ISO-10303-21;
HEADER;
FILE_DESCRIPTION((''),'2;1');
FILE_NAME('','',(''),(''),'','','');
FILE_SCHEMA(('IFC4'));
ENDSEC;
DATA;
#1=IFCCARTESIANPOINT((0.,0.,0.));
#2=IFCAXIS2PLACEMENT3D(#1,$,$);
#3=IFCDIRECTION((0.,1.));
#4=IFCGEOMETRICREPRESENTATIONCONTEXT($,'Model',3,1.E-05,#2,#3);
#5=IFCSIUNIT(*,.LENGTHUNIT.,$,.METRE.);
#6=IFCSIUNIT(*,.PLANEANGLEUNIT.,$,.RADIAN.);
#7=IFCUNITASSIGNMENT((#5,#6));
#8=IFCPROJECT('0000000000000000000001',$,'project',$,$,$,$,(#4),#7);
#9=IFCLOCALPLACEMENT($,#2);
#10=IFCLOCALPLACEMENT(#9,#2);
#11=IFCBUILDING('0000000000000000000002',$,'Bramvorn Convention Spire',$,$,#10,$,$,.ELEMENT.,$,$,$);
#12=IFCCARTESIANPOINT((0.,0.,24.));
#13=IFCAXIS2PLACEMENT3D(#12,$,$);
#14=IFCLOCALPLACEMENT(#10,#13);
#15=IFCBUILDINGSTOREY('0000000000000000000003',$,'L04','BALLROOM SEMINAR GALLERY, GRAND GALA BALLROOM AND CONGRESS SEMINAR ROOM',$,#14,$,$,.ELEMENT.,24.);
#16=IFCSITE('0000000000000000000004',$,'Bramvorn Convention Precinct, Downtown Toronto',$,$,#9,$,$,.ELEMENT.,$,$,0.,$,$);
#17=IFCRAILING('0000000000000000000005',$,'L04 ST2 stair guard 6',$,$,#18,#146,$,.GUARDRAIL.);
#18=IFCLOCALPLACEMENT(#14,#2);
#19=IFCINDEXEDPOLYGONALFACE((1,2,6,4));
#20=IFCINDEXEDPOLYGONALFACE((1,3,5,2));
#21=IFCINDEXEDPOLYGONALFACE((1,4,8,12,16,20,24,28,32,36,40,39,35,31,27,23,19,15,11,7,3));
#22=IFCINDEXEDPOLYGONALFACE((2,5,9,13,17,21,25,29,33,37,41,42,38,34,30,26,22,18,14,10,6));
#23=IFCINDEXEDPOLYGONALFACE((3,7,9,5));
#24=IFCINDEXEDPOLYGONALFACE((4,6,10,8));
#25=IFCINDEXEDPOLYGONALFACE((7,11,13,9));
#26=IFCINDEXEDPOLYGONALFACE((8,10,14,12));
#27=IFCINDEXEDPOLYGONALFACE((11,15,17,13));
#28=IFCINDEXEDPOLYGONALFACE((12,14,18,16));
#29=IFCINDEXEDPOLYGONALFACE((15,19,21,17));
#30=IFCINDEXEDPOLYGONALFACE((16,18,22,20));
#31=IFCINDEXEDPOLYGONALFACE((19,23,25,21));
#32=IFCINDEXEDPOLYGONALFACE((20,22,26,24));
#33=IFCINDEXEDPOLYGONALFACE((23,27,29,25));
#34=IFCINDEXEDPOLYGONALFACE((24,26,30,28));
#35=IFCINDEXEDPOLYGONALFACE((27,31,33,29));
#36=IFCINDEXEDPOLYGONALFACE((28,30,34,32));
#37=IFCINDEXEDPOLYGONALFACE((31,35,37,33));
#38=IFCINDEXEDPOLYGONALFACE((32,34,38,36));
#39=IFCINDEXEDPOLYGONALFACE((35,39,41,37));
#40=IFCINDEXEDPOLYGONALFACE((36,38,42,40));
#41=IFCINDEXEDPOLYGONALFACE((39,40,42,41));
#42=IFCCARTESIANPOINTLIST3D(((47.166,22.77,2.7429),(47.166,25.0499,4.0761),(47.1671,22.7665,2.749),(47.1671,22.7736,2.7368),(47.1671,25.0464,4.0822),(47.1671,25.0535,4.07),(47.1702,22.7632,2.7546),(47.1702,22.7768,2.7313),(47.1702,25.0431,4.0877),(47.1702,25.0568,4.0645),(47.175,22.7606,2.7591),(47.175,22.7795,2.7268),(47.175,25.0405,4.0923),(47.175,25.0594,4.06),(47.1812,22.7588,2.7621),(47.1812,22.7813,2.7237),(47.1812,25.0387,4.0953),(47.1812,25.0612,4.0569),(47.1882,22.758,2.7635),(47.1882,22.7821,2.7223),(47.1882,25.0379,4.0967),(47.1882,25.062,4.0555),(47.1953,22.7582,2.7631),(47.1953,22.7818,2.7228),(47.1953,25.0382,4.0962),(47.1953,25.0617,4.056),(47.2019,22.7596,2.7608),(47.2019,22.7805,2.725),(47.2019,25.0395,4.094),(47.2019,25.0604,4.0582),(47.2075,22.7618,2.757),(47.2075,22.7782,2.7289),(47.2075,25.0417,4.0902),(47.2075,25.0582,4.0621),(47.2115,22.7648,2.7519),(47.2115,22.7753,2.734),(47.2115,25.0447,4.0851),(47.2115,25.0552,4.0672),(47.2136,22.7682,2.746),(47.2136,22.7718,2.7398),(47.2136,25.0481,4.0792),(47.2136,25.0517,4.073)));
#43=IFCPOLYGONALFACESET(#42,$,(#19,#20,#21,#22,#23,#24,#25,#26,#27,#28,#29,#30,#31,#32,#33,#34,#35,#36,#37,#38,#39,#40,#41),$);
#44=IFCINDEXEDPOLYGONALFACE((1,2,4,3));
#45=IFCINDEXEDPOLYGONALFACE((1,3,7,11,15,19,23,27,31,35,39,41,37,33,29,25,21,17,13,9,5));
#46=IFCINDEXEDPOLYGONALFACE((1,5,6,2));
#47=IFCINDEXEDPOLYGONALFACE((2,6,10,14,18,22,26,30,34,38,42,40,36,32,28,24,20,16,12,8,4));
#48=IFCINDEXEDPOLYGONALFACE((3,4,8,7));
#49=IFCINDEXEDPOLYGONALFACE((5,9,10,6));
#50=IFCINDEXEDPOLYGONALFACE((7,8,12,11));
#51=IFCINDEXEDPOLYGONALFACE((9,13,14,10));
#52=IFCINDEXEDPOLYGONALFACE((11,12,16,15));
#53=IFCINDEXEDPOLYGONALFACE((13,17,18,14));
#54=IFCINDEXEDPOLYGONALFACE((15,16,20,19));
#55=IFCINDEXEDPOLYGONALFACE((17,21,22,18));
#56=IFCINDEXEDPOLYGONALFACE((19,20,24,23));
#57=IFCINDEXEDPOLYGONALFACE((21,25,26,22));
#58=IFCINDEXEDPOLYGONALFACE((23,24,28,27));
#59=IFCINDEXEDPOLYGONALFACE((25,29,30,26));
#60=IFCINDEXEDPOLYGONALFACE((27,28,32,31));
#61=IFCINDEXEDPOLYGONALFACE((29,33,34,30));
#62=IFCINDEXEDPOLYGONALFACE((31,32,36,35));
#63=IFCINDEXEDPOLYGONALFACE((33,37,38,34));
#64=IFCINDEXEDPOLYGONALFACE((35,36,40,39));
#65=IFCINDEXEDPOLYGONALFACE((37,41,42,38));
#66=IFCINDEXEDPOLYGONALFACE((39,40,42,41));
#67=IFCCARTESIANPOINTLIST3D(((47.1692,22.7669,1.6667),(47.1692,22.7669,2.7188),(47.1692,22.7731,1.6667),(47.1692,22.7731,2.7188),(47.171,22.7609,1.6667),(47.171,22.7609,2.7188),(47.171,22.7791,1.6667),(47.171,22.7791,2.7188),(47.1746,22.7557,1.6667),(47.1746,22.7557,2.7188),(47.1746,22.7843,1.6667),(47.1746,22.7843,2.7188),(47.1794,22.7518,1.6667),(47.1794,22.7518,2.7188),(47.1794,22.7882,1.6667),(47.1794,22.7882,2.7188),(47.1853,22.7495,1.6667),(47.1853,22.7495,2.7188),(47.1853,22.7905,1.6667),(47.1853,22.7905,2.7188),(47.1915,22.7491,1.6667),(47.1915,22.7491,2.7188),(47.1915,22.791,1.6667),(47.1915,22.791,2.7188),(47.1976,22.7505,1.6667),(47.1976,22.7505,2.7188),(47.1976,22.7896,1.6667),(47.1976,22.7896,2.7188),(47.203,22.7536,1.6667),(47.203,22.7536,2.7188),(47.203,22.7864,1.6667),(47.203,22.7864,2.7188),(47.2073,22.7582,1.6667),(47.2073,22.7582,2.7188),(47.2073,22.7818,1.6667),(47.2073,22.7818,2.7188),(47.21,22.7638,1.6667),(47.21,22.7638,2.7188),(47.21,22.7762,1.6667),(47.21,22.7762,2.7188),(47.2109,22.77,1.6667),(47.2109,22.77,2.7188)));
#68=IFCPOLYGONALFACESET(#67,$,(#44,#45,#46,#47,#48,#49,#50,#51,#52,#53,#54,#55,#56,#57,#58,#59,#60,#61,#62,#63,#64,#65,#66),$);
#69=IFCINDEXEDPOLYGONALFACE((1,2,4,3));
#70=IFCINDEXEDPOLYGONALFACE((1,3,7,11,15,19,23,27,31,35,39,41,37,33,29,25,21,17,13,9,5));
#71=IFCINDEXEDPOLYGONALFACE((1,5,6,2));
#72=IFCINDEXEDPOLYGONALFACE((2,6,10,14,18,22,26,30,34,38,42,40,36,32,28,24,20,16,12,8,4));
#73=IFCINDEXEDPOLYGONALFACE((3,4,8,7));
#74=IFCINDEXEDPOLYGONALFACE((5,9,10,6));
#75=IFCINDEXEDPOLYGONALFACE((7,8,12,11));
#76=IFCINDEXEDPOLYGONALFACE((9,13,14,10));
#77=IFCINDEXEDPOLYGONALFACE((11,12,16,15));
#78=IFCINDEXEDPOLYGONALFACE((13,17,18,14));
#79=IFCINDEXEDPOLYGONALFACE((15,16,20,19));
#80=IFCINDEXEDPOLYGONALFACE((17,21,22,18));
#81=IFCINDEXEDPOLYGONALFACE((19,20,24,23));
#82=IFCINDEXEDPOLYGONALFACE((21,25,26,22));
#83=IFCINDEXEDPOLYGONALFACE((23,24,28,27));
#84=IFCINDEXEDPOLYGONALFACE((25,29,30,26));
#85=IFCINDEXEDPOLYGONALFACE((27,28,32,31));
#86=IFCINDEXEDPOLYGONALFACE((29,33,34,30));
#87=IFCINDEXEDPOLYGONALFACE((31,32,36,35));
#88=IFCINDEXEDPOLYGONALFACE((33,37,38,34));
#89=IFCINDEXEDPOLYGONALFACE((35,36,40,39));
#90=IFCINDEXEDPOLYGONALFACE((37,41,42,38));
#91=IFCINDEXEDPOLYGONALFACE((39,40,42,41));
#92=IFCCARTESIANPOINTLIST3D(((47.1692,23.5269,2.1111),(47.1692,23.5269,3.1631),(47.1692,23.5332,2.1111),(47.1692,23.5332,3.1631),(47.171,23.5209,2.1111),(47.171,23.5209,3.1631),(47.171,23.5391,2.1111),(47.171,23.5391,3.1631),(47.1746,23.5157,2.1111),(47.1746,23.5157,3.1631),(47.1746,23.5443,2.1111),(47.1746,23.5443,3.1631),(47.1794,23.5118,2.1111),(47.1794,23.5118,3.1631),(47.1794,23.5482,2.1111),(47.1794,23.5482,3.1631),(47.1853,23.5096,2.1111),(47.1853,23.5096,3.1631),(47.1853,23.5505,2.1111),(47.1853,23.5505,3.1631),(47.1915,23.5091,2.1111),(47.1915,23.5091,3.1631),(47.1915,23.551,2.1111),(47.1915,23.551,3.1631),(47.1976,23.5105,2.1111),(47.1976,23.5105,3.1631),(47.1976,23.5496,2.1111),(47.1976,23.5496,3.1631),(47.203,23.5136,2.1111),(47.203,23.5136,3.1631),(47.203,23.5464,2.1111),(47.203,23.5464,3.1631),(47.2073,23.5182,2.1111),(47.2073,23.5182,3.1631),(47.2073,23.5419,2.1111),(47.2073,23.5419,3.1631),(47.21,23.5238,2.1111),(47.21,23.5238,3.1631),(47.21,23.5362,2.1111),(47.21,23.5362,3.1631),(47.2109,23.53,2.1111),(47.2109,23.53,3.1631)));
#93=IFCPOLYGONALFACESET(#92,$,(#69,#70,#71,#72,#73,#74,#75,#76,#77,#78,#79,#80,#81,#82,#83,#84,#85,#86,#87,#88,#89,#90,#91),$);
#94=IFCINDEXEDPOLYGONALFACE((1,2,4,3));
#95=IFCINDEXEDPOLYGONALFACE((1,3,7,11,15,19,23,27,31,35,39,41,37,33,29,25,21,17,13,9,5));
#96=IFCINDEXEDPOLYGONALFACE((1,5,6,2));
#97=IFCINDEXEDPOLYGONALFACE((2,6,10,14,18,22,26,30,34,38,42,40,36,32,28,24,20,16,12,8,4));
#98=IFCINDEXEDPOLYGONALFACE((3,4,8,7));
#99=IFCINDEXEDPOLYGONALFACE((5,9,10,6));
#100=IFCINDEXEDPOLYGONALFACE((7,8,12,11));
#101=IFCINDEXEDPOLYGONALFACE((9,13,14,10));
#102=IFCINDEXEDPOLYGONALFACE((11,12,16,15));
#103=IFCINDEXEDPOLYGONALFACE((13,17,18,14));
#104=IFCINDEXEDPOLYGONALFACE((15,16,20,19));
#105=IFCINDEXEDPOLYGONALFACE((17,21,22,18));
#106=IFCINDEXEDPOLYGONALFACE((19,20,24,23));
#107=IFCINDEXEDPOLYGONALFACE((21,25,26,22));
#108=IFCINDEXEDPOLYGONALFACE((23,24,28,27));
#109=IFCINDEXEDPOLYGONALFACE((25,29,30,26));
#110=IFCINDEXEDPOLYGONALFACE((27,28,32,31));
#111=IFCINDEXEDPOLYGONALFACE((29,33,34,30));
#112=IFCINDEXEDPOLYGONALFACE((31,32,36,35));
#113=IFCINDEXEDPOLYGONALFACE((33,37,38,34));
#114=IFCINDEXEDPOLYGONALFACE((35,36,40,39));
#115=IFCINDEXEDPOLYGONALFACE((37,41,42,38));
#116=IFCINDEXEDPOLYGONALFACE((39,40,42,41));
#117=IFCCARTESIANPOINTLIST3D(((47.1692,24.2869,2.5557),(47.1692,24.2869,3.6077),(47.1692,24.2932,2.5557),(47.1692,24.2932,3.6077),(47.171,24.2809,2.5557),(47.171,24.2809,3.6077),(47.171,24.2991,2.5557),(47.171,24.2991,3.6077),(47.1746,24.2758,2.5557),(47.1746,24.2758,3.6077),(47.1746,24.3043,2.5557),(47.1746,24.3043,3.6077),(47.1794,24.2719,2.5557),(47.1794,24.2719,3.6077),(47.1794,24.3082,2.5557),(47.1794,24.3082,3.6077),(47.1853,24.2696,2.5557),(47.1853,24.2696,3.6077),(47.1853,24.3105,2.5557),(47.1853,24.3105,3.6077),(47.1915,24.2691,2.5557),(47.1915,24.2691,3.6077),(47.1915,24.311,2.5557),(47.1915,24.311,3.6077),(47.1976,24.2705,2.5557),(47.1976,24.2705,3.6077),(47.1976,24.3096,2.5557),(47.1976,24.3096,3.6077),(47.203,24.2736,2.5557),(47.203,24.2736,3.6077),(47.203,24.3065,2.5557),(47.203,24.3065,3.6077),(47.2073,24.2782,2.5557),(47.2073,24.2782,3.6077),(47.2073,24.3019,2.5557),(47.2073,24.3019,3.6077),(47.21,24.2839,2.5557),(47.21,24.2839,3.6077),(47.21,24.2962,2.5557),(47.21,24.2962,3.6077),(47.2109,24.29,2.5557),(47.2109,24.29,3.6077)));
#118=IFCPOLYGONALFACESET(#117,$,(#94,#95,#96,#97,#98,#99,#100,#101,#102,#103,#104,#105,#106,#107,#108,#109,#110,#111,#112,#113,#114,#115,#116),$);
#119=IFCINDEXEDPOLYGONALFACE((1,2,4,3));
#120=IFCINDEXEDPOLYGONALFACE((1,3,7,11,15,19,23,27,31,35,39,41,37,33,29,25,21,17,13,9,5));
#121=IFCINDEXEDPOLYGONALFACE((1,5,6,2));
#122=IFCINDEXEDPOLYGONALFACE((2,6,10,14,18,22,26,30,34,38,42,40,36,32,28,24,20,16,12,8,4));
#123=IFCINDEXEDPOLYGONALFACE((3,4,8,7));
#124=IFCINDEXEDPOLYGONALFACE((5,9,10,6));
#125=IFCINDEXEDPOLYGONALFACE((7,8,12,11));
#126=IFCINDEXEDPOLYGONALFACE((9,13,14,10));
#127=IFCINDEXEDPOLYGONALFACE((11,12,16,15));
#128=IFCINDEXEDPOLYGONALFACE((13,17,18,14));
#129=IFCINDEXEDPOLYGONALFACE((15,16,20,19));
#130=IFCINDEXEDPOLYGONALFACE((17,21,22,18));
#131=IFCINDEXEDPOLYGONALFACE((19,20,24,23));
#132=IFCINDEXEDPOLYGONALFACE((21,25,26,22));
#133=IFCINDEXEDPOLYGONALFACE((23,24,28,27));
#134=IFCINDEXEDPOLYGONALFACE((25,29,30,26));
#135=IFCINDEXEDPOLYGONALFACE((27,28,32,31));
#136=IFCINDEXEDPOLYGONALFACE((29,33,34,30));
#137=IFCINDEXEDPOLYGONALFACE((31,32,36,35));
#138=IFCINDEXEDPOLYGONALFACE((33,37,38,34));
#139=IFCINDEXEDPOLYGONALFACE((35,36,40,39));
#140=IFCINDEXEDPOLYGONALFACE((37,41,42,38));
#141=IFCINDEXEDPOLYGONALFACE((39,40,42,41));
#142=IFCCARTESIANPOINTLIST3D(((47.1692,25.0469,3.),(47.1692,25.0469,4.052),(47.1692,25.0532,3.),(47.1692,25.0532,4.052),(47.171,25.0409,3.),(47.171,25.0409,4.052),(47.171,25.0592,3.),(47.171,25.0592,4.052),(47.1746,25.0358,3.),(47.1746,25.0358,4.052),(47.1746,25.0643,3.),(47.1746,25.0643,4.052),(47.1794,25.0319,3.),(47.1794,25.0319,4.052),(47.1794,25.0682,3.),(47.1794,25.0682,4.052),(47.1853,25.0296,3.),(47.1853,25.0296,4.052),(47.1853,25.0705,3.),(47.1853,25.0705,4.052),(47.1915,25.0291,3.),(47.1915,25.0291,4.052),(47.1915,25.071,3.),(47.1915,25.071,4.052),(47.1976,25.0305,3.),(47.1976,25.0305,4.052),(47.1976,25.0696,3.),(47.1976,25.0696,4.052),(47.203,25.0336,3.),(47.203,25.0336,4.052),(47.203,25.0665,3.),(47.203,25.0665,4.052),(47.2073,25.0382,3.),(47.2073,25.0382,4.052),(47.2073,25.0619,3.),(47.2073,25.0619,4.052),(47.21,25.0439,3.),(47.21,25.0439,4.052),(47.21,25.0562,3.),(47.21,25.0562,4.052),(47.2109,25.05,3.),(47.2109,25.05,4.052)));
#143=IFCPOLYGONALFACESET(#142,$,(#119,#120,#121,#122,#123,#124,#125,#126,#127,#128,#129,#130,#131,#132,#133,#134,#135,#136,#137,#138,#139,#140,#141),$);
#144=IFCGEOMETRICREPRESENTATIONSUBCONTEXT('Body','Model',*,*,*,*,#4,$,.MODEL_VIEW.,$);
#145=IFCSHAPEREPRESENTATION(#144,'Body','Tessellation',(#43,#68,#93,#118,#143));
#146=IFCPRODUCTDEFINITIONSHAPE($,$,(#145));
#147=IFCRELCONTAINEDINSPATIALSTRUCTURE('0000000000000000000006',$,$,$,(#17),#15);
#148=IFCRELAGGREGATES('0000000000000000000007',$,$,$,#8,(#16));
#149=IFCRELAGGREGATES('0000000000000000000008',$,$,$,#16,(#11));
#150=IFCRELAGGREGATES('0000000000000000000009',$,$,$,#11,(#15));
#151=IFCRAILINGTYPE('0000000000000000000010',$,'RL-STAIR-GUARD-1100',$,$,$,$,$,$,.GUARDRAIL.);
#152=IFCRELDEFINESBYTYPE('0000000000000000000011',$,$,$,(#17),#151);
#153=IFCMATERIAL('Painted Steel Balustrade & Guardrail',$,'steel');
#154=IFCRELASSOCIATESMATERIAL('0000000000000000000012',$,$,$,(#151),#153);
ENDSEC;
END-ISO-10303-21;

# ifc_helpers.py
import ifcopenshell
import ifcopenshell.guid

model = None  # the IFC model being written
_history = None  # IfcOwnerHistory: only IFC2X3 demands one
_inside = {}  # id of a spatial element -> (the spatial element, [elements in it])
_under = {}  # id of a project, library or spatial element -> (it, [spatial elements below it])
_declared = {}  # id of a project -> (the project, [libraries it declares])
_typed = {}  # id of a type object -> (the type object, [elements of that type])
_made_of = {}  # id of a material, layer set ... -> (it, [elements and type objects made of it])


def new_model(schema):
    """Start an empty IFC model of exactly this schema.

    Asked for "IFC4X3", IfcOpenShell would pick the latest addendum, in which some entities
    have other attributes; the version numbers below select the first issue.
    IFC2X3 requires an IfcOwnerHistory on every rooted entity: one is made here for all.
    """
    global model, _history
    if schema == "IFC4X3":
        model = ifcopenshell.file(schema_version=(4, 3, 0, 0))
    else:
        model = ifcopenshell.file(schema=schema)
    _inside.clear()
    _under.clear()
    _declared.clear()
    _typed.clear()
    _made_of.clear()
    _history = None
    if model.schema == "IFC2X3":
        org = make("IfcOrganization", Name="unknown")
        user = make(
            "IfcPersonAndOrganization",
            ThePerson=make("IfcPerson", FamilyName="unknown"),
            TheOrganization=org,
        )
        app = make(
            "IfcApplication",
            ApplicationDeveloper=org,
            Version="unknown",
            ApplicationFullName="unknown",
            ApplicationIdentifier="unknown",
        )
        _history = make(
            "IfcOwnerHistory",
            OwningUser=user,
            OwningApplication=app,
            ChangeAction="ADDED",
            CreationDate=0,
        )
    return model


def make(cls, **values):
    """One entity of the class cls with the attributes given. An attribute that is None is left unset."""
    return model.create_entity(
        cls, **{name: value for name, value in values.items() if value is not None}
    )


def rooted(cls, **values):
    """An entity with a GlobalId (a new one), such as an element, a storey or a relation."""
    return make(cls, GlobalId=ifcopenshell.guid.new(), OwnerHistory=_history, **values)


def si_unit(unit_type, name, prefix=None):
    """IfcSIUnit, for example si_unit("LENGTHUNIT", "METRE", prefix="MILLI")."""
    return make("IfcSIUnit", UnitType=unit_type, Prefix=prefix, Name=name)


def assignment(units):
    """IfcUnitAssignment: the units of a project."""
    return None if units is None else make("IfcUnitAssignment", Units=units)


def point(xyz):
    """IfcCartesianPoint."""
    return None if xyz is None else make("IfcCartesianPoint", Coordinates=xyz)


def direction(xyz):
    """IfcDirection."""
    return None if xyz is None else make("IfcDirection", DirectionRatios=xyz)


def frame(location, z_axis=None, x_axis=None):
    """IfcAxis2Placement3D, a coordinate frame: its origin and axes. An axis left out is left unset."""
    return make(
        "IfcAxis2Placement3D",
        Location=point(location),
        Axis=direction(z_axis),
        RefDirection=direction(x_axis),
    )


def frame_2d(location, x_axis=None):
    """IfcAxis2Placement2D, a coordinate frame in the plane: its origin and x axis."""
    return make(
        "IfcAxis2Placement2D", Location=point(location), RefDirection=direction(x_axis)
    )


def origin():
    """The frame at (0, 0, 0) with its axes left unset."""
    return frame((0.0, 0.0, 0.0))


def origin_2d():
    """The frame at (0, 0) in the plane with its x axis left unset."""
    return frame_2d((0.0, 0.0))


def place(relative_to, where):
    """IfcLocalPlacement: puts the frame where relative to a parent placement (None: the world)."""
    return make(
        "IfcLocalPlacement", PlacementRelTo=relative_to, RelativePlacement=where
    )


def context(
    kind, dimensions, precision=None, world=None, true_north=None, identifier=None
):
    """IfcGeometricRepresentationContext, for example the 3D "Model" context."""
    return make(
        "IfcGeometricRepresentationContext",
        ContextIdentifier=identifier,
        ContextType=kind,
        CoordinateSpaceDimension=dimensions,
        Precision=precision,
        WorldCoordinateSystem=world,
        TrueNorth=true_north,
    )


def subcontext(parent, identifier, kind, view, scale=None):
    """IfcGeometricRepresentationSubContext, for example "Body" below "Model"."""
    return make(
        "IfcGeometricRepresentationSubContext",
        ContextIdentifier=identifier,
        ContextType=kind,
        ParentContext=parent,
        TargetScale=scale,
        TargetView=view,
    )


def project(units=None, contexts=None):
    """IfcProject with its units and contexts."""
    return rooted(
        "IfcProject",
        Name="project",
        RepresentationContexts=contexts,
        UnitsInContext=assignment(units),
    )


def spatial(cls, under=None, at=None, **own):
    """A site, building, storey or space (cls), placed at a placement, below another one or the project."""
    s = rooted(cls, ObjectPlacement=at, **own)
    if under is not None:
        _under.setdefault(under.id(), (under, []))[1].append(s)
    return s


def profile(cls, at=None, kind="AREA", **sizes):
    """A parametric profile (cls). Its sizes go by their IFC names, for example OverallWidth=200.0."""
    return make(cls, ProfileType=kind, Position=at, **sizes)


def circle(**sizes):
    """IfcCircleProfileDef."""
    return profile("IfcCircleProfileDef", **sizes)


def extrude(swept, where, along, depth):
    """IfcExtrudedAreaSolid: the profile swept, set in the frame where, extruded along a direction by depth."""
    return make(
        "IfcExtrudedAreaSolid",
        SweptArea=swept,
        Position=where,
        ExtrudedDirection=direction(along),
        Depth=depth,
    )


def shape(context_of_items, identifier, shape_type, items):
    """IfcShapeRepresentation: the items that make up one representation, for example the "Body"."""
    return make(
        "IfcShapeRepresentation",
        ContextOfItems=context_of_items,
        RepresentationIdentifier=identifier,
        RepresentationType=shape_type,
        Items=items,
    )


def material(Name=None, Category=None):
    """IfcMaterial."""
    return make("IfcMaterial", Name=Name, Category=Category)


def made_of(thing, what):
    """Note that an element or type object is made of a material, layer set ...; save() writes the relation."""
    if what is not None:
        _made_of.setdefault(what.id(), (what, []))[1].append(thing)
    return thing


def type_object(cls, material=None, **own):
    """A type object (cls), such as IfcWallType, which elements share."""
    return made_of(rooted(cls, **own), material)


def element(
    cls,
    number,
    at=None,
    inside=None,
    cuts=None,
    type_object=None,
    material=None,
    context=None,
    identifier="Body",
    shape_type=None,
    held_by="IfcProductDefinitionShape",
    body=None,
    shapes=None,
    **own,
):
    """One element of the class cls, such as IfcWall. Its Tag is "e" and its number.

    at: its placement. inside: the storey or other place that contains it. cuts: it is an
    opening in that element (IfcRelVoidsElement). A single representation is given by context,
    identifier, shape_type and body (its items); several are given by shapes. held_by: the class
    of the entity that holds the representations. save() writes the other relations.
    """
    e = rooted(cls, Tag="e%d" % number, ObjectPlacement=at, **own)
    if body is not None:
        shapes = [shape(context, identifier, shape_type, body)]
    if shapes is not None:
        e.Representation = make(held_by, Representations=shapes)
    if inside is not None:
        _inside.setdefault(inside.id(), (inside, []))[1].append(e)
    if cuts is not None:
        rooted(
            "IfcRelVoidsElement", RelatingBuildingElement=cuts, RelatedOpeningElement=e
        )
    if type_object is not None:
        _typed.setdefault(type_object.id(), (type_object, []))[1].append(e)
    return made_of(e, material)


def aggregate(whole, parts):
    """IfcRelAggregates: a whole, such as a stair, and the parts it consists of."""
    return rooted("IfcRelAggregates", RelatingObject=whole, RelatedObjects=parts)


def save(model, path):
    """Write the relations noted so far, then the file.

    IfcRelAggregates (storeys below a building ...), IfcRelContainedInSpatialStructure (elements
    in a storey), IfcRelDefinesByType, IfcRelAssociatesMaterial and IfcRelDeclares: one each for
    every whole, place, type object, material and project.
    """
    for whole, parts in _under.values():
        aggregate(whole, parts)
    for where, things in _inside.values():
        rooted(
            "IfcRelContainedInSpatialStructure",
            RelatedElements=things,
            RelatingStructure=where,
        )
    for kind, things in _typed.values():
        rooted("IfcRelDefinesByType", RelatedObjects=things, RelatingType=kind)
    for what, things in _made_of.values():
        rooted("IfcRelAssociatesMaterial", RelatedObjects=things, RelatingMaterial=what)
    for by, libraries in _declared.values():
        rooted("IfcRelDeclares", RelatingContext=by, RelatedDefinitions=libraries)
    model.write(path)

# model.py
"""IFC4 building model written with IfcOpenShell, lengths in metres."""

from ifc_helpers import new_model, si_unit, direction, frame, origin, origin_2d, place, context, subcontext, project, spatial, circle, extrude, material, type_object, element, save


model = new_model("IFC4")

# Units and contexts
model_context = context("Model", 3, precision=1e-05, world=origin(), true_north=direction((0.0, 1.0)))
body_context = subcontext(model_context, "Body", "Model", "MODEL_VIEW")
ifc_project = project(units=[si_unit("LENGTHUNIT", "METRE"), si_unit("PLANEANGLEUNIT", "RADIAN")], contexts=[model_context])

# Site, building, storey
site_placement = place(None, origin())
site = spatial("IfcSite", under=ifc_project, at=site_placement, Name="Bramvorn Convention Precinct, Downtown Toronto", CompositionType="ELEMENT", RefElevation=0.0)
building_placement = place(site_placement, origin())
building = spatial("IfcBuilding", under=site, at=building_placement, Name="Bramvorn Convention Spire", CompositionType="ELEMENT")
storey_placement = place(building_placement, frame((0.0, 0.0, 24.0)))
storey = spatial("IfcBuildingStorey", under=building, at=storey_placement, Name="L04", Description="BALLROOM SEMINAR GALLERY, GRAND GALA BALLROOM AND CONGRESS SEMINAR ROOM", CompositionType="ELEMENT", Elevation=24.0)

# Railing
ifc_material_1 = material(Name="Painted Steel Balustrade & Guardrail", Category="steel")
railing_type_1 = type_object("IfcRailingType", Name="RL-STAIR-GUARD-1100", PredefinedType="GUARDRAIL", material=ifc_material_1)
railing_1_placement = place(storey_placement, frame((47.1899, 22.77, 1.6667)))
element("IfcRailing", 1, at=railing_1_placement, inside=storey, type_object=railing_type_1, Name="L04 ST2 stair guard 6", PredefinedType="GUARDRAIL", context=body_context, shape_type="SweptSolid", body=[
    extrude(circle(Radius=0.0239, at=origin_2d()), frame((0.0, 0.0, 1.0762), z_axis=(0.0, 0.863245, 0.504785), x_axis=(-1.0, 0.0, 0.0)), (0.0, 0.0, 1.0), 2.6411),
    extrude(circle(Radius=0.021, at=origin_2d()), origin(), (0.0, 0.0, 1.0), 1.052),
    extrude(circle(Radius=0.021, at=origin_2d()), frame((0.0, 0.76, 0.4443)), (0.0, 0.0, 1.0), 1.052),
    extrude(circle(Radius=0.021, at=origin_2d()), frame((0.0, 1.52, 0.8889)), (0.0, 0.0, 1.0), 1.052),
    extrude(circle(Radius=0.021, at=origin_2d()), frame((0.0, 2.28, 1.3333)), (0.0, 0.0, 1.0), 1.052),
])

save(model, "model.ifc")
